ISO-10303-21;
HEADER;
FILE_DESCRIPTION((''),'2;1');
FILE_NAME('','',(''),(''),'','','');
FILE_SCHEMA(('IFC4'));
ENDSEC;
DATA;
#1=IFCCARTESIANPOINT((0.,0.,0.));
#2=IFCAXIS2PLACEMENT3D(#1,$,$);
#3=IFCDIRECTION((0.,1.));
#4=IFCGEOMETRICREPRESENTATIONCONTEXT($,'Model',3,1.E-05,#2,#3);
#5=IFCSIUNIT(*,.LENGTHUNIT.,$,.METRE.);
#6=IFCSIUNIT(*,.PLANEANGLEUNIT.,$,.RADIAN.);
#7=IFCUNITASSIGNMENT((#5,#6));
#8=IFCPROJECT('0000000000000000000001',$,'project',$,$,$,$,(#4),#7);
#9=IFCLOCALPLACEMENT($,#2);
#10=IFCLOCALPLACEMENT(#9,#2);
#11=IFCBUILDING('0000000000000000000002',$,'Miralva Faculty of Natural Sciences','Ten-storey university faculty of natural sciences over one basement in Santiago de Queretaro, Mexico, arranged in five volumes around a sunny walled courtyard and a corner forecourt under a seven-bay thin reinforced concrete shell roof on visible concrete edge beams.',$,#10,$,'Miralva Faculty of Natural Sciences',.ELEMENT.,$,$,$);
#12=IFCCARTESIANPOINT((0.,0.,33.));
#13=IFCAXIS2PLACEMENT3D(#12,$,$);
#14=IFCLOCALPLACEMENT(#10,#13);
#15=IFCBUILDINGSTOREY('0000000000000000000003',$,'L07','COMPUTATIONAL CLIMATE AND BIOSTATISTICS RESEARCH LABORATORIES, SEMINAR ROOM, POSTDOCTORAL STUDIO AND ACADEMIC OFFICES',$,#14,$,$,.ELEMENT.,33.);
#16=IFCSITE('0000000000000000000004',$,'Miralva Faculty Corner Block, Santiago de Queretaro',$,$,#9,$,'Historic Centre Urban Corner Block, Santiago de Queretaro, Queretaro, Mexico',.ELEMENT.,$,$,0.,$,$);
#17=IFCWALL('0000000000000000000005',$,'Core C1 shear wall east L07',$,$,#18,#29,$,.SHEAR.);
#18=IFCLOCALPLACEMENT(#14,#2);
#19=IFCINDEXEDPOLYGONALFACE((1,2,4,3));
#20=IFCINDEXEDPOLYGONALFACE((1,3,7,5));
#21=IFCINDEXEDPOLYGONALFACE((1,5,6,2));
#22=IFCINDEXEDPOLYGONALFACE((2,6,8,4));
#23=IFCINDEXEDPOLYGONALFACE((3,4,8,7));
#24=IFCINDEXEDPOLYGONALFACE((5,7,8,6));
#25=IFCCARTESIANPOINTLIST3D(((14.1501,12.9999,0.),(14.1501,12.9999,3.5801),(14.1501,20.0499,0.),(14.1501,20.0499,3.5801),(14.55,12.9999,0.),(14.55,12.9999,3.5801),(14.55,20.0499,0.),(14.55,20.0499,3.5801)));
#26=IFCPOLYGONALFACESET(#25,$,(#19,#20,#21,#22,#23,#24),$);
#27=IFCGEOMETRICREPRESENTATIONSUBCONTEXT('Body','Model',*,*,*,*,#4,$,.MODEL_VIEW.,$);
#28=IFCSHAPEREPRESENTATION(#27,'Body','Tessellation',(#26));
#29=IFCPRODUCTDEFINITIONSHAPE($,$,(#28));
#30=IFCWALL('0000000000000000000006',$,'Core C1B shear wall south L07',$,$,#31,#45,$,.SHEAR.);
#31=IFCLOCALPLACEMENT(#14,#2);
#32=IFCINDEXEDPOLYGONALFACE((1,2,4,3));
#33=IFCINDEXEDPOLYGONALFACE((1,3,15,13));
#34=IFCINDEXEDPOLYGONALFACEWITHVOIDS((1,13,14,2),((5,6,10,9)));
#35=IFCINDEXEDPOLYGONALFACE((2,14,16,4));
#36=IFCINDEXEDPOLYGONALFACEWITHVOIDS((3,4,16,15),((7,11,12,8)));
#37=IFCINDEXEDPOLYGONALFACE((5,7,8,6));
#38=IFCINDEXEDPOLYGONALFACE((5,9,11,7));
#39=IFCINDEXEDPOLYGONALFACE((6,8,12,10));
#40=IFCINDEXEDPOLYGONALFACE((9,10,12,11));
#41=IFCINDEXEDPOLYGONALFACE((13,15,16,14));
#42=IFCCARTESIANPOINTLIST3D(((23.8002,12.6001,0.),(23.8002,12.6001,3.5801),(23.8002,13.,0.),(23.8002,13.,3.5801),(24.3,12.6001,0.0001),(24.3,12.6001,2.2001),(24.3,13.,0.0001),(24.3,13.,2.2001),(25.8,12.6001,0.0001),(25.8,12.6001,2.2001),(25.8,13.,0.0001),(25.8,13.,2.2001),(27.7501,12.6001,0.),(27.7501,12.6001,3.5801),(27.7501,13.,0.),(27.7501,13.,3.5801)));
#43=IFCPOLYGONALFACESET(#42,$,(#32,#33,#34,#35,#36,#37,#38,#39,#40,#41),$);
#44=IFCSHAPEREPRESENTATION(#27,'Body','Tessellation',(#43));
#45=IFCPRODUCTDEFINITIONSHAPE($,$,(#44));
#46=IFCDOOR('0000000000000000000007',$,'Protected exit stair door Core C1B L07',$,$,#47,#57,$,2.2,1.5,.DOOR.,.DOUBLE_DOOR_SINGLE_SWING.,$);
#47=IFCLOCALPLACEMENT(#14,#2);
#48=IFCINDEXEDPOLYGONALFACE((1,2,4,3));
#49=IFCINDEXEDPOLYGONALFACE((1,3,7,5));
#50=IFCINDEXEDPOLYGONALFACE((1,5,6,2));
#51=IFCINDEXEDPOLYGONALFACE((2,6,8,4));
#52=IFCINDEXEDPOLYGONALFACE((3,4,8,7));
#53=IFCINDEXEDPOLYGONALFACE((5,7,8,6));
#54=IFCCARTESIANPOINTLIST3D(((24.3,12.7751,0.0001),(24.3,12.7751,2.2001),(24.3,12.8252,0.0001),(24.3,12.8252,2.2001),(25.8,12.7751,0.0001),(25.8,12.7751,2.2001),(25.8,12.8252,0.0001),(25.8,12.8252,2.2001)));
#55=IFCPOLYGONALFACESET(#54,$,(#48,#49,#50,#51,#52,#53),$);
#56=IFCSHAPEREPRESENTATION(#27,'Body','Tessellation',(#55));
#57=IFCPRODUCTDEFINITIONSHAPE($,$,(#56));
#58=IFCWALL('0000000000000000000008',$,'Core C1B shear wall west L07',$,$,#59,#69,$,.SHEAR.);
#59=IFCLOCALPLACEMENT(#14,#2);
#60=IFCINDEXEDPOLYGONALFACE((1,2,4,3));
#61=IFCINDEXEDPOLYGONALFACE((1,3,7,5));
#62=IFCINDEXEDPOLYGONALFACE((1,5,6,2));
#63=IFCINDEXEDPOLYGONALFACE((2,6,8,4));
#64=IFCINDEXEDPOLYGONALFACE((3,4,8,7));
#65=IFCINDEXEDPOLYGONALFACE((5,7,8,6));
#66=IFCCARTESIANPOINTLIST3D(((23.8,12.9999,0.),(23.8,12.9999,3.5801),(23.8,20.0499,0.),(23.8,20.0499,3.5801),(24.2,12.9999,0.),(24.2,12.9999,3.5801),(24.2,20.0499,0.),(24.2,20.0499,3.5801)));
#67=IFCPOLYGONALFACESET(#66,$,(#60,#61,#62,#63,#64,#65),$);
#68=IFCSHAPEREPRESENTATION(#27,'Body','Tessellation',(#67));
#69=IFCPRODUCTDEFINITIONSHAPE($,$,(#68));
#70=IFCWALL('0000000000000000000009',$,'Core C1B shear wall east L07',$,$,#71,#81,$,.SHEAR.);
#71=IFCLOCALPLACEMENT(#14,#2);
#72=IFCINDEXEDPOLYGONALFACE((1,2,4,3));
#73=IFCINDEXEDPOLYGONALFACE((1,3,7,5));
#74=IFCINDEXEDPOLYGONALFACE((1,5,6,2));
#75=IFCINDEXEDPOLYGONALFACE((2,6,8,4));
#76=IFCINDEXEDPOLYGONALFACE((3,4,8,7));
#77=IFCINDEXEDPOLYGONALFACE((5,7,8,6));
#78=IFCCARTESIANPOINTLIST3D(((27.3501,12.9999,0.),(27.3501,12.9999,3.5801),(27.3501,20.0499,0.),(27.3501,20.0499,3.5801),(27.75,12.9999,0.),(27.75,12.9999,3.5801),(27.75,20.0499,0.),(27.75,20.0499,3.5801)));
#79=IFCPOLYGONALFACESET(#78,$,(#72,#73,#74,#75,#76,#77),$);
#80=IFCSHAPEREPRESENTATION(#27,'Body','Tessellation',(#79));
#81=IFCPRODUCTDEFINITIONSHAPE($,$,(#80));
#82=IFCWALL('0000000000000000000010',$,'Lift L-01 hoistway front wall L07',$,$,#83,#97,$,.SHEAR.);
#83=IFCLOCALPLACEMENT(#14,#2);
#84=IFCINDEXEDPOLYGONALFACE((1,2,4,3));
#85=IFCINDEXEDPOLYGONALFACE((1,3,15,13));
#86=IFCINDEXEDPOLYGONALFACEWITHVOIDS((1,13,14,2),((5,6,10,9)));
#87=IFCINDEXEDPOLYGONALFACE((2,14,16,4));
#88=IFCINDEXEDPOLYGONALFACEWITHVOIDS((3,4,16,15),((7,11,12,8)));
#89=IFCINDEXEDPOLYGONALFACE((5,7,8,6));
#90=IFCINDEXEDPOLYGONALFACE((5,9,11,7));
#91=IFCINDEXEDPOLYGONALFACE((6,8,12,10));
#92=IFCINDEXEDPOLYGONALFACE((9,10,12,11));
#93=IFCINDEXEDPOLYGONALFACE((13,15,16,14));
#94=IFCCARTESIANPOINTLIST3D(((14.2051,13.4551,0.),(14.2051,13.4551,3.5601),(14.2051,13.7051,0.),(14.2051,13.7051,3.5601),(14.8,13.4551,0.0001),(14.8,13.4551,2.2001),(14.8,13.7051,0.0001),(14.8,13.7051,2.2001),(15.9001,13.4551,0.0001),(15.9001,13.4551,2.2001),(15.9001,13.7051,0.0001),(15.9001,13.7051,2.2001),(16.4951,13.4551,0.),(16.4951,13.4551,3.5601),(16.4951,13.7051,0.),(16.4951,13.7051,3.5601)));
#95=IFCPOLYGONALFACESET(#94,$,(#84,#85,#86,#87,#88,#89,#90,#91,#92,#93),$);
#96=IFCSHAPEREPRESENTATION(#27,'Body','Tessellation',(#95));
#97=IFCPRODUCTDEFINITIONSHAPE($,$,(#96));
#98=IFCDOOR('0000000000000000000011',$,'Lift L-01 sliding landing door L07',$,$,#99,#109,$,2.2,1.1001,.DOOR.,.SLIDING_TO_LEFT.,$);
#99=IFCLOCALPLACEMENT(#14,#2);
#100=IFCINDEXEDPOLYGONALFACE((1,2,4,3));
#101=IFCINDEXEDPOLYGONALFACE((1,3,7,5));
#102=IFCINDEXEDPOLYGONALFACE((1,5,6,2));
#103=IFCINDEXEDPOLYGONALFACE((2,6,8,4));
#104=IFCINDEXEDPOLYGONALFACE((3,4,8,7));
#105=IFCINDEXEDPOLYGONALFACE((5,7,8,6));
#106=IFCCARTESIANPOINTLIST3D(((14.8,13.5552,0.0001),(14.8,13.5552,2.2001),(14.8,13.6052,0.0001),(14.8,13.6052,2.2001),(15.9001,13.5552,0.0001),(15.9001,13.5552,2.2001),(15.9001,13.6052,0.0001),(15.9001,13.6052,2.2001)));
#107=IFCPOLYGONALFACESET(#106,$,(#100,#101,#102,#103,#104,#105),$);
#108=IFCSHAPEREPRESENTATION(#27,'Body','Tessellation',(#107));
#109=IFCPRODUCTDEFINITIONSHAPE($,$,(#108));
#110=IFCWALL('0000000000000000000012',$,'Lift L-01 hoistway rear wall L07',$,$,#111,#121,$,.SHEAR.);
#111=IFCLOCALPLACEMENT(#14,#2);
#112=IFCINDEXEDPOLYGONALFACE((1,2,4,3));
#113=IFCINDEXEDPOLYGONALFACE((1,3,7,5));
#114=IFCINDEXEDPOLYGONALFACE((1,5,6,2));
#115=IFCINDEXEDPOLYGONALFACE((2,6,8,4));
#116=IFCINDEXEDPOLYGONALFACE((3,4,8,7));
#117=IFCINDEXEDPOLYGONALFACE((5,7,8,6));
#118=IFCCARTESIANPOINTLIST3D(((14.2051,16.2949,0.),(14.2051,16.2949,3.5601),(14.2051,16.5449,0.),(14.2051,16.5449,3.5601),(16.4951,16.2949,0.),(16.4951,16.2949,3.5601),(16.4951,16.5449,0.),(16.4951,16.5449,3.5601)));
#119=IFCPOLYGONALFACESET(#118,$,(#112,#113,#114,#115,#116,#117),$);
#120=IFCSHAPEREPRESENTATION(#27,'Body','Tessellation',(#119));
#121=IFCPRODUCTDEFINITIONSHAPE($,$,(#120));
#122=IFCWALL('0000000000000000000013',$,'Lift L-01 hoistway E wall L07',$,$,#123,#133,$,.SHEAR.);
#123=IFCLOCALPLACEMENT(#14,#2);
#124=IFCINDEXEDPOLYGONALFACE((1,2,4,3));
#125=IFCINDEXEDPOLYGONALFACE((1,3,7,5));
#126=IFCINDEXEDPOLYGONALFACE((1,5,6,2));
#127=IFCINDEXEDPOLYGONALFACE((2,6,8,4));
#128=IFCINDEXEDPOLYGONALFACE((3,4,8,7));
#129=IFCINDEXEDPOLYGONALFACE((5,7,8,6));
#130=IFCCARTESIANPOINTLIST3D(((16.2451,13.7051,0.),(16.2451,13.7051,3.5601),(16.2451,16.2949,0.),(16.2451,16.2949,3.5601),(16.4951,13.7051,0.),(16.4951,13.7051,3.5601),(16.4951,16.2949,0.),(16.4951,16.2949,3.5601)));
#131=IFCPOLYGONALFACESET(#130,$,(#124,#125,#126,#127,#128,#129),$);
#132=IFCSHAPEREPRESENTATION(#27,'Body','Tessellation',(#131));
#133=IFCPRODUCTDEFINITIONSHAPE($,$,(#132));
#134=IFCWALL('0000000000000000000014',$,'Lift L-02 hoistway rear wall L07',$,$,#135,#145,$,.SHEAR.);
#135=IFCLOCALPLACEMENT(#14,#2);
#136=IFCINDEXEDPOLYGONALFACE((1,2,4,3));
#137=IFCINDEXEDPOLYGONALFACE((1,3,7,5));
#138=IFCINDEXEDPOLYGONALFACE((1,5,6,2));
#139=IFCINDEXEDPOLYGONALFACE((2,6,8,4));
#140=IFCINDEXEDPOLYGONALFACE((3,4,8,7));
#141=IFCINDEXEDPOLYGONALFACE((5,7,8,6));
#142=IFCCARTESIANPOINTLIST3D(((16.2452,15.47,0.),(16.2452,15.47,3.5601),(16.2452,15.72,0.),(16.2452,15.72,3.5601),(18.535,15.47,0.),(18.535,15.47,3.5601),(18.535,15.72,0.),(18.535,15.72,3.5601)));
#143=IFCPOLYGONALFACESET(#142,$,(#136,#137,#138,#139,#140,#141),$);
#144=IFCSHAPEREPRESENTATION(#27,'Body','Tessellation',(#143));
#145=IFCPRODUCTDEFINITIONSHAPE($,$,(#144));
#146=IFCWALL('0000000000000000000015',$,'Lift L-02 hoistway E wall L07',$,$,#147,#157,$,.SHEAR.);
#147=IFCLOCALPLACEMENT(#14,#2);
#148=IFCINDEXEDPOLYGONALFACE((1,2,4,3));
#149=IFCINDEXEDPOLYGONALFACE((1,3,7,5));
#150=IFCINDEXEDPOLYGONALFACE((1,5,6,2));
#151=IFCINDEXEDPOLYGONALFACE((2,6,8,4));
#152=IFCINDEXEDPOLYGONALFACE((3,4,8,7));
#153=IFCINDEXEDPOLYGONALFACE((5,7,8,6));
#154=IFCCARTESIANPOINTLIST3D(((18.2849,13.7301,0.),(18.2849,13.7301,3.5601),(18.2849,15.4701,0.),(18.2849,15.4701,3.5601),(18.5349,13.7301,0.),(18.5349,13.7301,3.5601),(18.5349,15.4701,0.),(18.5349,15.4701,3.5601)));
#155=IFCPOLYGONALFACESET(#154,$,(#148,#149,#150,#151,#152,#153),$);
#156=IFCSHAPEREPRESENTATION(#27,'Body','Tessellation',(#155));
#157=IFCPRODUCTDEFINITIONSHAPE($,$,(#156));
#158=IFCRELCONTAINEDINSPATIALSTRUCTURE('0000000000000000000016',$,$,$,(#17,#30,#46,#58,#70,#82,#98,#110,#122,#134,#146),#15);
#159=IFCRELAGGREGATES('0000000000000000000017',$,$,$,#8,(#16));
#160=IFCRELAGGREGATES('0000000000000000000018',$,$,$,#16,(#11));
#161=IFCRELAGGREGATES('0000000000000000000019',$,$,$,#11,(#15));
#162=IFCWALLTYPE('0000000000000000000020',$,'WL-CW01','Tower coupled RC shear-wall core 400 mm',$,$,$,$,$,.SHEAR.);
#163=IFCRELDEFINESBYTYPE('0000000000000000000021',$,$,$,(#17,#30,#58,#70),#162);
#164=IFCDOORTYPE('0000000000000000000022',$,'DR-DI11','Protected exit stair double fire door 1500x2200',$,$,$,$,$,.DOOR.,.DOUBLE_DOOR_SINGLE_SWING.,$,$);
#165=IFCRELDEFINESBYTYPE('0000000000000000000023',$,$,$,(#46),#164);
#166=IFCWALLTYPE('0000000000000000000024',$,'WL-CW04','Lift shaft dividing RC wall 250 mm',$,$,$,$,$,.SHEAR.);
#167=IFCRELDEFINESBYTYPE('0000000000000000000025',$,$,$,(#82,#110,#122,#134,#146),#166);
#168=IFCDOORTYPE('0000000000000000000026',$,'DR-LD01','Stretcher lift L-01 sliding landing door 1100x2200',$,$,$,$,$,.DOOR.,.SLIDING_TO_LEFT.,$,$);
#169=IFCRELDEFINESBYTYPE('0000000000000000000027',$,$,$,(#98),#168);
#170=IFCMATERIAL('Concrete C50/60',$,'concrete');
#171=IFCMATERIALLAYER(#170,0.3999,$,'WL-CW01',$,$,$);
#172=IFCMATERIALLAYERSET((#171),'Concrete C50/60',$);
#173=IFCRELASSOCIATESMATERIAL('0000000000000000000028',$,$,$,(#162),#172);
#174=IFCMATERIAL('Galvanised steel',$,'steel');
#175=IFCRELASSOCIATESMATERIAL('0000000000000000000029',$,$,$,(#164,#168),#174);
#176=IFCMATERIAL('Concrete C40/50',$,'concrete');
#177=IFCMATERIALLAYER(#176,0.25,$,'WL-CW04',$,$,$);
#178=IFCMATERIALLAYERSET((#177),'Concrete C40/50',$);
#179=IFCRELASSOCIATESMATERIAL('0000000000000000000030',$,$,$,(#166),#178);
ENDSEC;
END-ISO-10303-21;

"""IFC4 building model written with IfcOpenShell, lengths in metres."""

from ifc_helpers import new_model, si_unit, direction, frame, frame_2d, origin, place, context, subcontext, project, spatial, rectangle, extrude, material, layer, layer_set, type_object, element, fill, save


model = new_model("IFC4")

# Units and contexts
model_context = context("Model", 3, precision=1e-05, world=origin(), true_north=direction((0.0, 1.0)))
body_context = subcontext(model_context, "Body", "Model", "MODEL_VIEW")
ifc_project = project(units=[si_unit("LENGTHUNIT", "METRE"), si_unit("PLANEANGLEUNIT", "RADIAN")], contexts=[model_context])

# Site, building, storey
site_placement = place(None, origin())
site = spatial("IfcSite", under=ifc_project, at=site_placement, Name="Miralva Faculty Corner Block, Santiago de Queretaro", LongName="Historic Centre Urban Corner Block, Santiago de Queretaro, Queretaro, Mexico", CompositionType="ELEMENT", RefElevation=0.0)
building_placement = place(site_placement, origin())
building = spatial("IfcBuilding", under=site, at=building_placement, Name="Miralva Faculty of Natural Sciences", Description="Ten-storey university faculty of natural sciences over one basement in Santiago de Queretaro, Mexico, arranged in five volumes around a sunny walled courtyard and a corner forecourt under a seven-bay thin reinforced concrete shell roof on visible concrete edge beams.", LongName="Miralva Faculty of Natural Sciences", CompositionType="ELEMENT")
storey_placement = place(building_placement, frame((0.0, 0.0, 33.0)))
storey = spatial("IfcBuildingStorey", under=building, at=storey_placement, Name="L07", Description="COMPUTATIONAL CLIMATE AND BIOSTATISTICS RESEARCH LABORATORIES, SEMINAR ROOM, POSTDOCTORAL STUDIO AND ACADEMIC OFFICES", CompositionType="ELEMENT", Elevation=33.0)

# Wall
ifc_material_1 = material(Name="Concrete C50/60", Category="concrete")
ifc_layer_1 = layer(ifc_material_1, 0.3999, Name="WL-CW01")
ifc_layer_set_1 = layer_set([ifc_layer_1], Name="Concrete C50/60")
wall_type_1 = type_object("IfcWallType", Name="WL-CW01", Description="Tower coupled RC shear-wall core 400 mm", PredefinedType="SHEAR", material=ifc_layer_set_1)
wall_1_placement = place(storey_placement, frame((14.3501, 13.0, 0.0), z_axis=(0.0, 0.0, 1.0), x_axis=(0.0, 1.0, 0.0)))
element("IfcWall", 1, at=wall_1_placement, inside=storey, type_object=wall_type_1, Name="Core C1 shear wall east L07", PredefinedType="SHEAR", context=body_context, shape_type="SweptSolid", body=[
    extrude(rectangle(XDim=7.05, YDim=0.3999, at=frame_2d((3.5249, 0.0))), origin(), (0.0, 0.0, 1.0), 3.5801),
])

# Wall, opening, door
wall_2_placement = place(storey_placement, frame((23.8, 12.8, 0.0), z_axis=(0.0, 0.0, 1.0), x_axis=(1.0, 0.0, 0.0)))
wall_2 = element("IfcWall", 2, at=wall_2_placement, inside=storey, type_object=wall_type_1, Name="Core C1B shear wall south L07", PredefinedType="SHEAR", context=body_context, shape_type="SweptSolid", body=[
    extrude(rectangle(XDim=3.95, YDim=0.3999, at=frame_2d((1.9751, 0.0))), origin(), (0.0, 0.0, 1.0), 3.5801),
])
opening_1_placement = place(wall_2_placement, frame((0.5, 0.0, 0.0)))
opening_1 = element("IfcOpeningElement", 3, at=opening_1_placement, cuts=wall_2, PredefinedType="OPENING", context=body_context, shape_type="SweptSolid", body=[
    extrude(rectangle(XDim=1.5, YDim=2.2, at=frame_2d((0.75, 1.1001))), frame((0.0, 0.21, 0.0), z_axis=(0.0, -1.0, 0.0), x_axis=(1.0, 0.0, 0.0)), (0.0, 0.0, 1.0), 0.4199),
])
ifc_material_2 = material(Name="Galvanised steel", Category="steel")
door_type_1 = type_object("IfcDoorType", Name="DR-DI11", Description="Protected exit stair double fire door 1500x2200", OperationType="DOUBLE_DOOR_SINGLE_SWING", PredefinedType="DOOR", material=ifc_material_2)
door_1_placement = place(opening_1_placement, frame((1.5, 0.0, 0.0), z_axis=(0.0, 0.0, 1.0), x_axis=(-1.0, 0.0, 0.0)))
door_1 = element("IfcDoor", 4, at=door_1_placement, inside=storey, type_object=door_type_1, Name="Protected exit stair door Core C1B L07", OperationType="DOUBLE_DOOR_SINGLE_SWING", OverallHeight=2.2, OverallWidth=1.5, PredefinedType="DOOR", context=body_context, shape_type="SweptSolid", body=[
    extrude(rectangle(XDim=1.5, YDim=2.2, at=frame_2d((0.75, 1.1001))), frame((0.0, 0.0249, 0.0), z_axis=(0.0, -1.0, 0.0), x_axis=(1.0, 0.0, 0.0)), (0.0, 0.0, 1.0), 0.05),
])
fill(opening_1, door_1)

# Walls
for number, where, z_axis, x_axis, name in (
    (5, (24.0, 13.0, 0.0), (0.0, 0.0, 1.0), (0.0, 1.0, 0.0), "Core C1B shear wall west L07"),
    (6, (27.55, 13.0, 0.0), (0.0, 0.0, 1.0), (0.0, 1.0, 0.0), "Core C1B shear wall east L07"),
):
    element("IfcWall", number, at=place(storey_placement, frame(where, z_axis=z_axis, x_axis=x_axis)), inside=storey, type_object=wall_type_1, Name=name, PredefinedType="SHEAR", context=body_context, shape_type="SweptSolid", body=[
        extrude(rectangle(XDim=7.05, YDim=0.3999, at=frame_2d((3.5249, 0.0))), origin(), (0.0, 0.0, 1.0), 3.5801),
    ])

# Wall, opening, door
ifc_material_3 = material(Name="Concrete C40/50", Category="concrete")
ifc_layer_2 = layer(ifc_material_3, 0.25, Name="WL-CW04")
ifc_layer_set_2 = layer_set([ifc_layer_2], Name="Concrete C40/50")
wall_type_2 = type_object("IfcWallType", Name="WL-CW04", Description="Lift shaft dividing RC wall 250 mm", PredefinedType="SHEAR", material=ifc_layer_set_2)
wall_3_placement = place(storey_placement, frame((14.2051, 13.5801, 0.0), z_axis=(0.0, 0.0, 1.0), x_axis=(1.0, 0.0, 0.0)))
wall_3 = element("IfcWall", 7, at=wall_3_placement, inside=storey, type_object=wall_type_2, Name="Lift L-01 hoistway front wall L07", PredefinedType="SHEAR", context=body_context, shape_type="SweptSolid", body=[
    extrude(rectangle(XDim=2.29, YDim=0.25, at=frame_2d((1.145, 0.0))), origin(), (0.0, 0.0, 1.0), 3.5601),
])
opening_2_placement = place(wall_3_placement, frame((0.595, 0.0, 0.0)))
opening_2 = element("IfcOpeningElement", 8, at=opening_2_placement, cuts=wall_3, PredefinedType="OPENING", context=body_context, shape_type="SweptSolid", body=[
    extrude(rectangle(XDim=1.1001, YDim=2.2, at=frame_2d((0.55, 1.1001))), frame((0.0, 0.135, 0.0), z_axis=(0.0, -1.0, 0.0), x_axis=(1.0, 0.0, 0.0)), (0.0, 0.0, 1.0), 0.27),
])
door_type_2 = type_object("IfcDoorType", Name="DR-LD01", Description="Stretcher lift L-01 sliding landing door 1100x2200", OperationType="SLIDING_TO_LEFT", PredefinedType="DOOR", material=ifc_material_2)
door_2_placement = place(opening_2_placement, frame((1.1001, 0.0, 0.0), z_axis=(0.0, 0.0, 1.0), x_axis=(-1.0, 0.0, 0.0)))
door_2 = element("IfcDoor", 9, at=door_2_placement, inside=storey, type_object=door_type_2, Name="Lift L-01 sliding landing door L07", OperationType="SLIDING_TO_LEFT", OverallHeight=2.2, OverallWidth=1.1001, PredefinedType="DOOR", context=body_context, shape_type="SweptSolid", body=[
    extrude(rectangle(XDim=1.1001, YDim=2.2, at=frame_2d((0.55, 1.1001))), frame((0.0, 0.0249, 0.0), z_axis=(0.0, -1.0, 0.0), x_axis=(1.0, 0.0, 0.0)), (0.0, 0.0, 1.0), 0.05),
])
fill(opening_2, door_2)

# Walls
wall_4_placement = place(storey_placement, frame((14.2051, 16.4199, 0.0), z_axis=(0.0, 0.0, 1.0), x_axis=(1.0, 0.0, 0.0)))
element("IfcWall", 10, at=wall_4_placement, inside=storey, type_object=wall_type_2, Name="Lift L-01 hoistway rear wall L07", PredefinedType="SHEAR", context=body_context, shape_type="SweptSolid", body=[
    extrude(rectangle(XDim=2.29, YDim=0.25, at=frame_2d((1.145, 0.0))), origin(), (0.0, 0.0, 1.0), 3.5601),
])
wall_5_placement = place(storey_placement, frame((16.3701, 13.7051, 0.0), z_axis=(0.0, 0.0, 1.0), x_axis=(0.0, 1.0, 0.0)))
element("IfcWall", 11, at=wall_5_placement, inside=storey, type_object=wall_type_2, Name="Lift L-01 hoistway E wall L07", PredefinedType="SHEAR", context=body_context, shape_type="SweptSolid", body=[
    extrude(rectangle(XDim=2.5898, YDim=0.25, at=frame_2d((1.2949, 0.0))), origin(), (0.0, 0.0, 1.0), 3.5601),
])

# Walls
wall_6_placement = place(storey_placement, frame((16.2451, 15.595, 0.0), z_axis=(0.0, 0.0, 1.0), x_axis=(1.0, 0.0, 0.0)))
element("IfcWall", 12, at=wall_6_placement, inside=storey, type_object=wall_type_2, Name="Lift L-02 hoistway rear wall L07", PredefinedType="SHEAR", context=body_context, shape_type="SweptSolid", body=[
    extrude(rectangle(XDim=2.2898, YDim=0.25, at=frame_2d((1.145, 0.0))), origin(), (0.0, 0.0, 1.0), 3.5601),
])
wall_7_placement = place(storey_placement, frame((18.4099, 13.73, 0.0), z_axis=(0.0, 0.0, 1.0), x_axis=(0.0, 1.0, 0.0)))
element("IfcWall", 13, at=wall_7_placement, inside=storey, type_object=wall_type_2, Name="Lift L-02 hoistway E wall L07", PredefinedType="SHEAR", context=body_context, shape_type="SweptSolid", body=[
    extrude(rectangle(XDim=1.74, YDim=0.25, at=frame_2d((0.8701, 0.0))), origin(), (0.0, 0.0, 1.0), 3.5601),
])

save(model, "model.ifc")
